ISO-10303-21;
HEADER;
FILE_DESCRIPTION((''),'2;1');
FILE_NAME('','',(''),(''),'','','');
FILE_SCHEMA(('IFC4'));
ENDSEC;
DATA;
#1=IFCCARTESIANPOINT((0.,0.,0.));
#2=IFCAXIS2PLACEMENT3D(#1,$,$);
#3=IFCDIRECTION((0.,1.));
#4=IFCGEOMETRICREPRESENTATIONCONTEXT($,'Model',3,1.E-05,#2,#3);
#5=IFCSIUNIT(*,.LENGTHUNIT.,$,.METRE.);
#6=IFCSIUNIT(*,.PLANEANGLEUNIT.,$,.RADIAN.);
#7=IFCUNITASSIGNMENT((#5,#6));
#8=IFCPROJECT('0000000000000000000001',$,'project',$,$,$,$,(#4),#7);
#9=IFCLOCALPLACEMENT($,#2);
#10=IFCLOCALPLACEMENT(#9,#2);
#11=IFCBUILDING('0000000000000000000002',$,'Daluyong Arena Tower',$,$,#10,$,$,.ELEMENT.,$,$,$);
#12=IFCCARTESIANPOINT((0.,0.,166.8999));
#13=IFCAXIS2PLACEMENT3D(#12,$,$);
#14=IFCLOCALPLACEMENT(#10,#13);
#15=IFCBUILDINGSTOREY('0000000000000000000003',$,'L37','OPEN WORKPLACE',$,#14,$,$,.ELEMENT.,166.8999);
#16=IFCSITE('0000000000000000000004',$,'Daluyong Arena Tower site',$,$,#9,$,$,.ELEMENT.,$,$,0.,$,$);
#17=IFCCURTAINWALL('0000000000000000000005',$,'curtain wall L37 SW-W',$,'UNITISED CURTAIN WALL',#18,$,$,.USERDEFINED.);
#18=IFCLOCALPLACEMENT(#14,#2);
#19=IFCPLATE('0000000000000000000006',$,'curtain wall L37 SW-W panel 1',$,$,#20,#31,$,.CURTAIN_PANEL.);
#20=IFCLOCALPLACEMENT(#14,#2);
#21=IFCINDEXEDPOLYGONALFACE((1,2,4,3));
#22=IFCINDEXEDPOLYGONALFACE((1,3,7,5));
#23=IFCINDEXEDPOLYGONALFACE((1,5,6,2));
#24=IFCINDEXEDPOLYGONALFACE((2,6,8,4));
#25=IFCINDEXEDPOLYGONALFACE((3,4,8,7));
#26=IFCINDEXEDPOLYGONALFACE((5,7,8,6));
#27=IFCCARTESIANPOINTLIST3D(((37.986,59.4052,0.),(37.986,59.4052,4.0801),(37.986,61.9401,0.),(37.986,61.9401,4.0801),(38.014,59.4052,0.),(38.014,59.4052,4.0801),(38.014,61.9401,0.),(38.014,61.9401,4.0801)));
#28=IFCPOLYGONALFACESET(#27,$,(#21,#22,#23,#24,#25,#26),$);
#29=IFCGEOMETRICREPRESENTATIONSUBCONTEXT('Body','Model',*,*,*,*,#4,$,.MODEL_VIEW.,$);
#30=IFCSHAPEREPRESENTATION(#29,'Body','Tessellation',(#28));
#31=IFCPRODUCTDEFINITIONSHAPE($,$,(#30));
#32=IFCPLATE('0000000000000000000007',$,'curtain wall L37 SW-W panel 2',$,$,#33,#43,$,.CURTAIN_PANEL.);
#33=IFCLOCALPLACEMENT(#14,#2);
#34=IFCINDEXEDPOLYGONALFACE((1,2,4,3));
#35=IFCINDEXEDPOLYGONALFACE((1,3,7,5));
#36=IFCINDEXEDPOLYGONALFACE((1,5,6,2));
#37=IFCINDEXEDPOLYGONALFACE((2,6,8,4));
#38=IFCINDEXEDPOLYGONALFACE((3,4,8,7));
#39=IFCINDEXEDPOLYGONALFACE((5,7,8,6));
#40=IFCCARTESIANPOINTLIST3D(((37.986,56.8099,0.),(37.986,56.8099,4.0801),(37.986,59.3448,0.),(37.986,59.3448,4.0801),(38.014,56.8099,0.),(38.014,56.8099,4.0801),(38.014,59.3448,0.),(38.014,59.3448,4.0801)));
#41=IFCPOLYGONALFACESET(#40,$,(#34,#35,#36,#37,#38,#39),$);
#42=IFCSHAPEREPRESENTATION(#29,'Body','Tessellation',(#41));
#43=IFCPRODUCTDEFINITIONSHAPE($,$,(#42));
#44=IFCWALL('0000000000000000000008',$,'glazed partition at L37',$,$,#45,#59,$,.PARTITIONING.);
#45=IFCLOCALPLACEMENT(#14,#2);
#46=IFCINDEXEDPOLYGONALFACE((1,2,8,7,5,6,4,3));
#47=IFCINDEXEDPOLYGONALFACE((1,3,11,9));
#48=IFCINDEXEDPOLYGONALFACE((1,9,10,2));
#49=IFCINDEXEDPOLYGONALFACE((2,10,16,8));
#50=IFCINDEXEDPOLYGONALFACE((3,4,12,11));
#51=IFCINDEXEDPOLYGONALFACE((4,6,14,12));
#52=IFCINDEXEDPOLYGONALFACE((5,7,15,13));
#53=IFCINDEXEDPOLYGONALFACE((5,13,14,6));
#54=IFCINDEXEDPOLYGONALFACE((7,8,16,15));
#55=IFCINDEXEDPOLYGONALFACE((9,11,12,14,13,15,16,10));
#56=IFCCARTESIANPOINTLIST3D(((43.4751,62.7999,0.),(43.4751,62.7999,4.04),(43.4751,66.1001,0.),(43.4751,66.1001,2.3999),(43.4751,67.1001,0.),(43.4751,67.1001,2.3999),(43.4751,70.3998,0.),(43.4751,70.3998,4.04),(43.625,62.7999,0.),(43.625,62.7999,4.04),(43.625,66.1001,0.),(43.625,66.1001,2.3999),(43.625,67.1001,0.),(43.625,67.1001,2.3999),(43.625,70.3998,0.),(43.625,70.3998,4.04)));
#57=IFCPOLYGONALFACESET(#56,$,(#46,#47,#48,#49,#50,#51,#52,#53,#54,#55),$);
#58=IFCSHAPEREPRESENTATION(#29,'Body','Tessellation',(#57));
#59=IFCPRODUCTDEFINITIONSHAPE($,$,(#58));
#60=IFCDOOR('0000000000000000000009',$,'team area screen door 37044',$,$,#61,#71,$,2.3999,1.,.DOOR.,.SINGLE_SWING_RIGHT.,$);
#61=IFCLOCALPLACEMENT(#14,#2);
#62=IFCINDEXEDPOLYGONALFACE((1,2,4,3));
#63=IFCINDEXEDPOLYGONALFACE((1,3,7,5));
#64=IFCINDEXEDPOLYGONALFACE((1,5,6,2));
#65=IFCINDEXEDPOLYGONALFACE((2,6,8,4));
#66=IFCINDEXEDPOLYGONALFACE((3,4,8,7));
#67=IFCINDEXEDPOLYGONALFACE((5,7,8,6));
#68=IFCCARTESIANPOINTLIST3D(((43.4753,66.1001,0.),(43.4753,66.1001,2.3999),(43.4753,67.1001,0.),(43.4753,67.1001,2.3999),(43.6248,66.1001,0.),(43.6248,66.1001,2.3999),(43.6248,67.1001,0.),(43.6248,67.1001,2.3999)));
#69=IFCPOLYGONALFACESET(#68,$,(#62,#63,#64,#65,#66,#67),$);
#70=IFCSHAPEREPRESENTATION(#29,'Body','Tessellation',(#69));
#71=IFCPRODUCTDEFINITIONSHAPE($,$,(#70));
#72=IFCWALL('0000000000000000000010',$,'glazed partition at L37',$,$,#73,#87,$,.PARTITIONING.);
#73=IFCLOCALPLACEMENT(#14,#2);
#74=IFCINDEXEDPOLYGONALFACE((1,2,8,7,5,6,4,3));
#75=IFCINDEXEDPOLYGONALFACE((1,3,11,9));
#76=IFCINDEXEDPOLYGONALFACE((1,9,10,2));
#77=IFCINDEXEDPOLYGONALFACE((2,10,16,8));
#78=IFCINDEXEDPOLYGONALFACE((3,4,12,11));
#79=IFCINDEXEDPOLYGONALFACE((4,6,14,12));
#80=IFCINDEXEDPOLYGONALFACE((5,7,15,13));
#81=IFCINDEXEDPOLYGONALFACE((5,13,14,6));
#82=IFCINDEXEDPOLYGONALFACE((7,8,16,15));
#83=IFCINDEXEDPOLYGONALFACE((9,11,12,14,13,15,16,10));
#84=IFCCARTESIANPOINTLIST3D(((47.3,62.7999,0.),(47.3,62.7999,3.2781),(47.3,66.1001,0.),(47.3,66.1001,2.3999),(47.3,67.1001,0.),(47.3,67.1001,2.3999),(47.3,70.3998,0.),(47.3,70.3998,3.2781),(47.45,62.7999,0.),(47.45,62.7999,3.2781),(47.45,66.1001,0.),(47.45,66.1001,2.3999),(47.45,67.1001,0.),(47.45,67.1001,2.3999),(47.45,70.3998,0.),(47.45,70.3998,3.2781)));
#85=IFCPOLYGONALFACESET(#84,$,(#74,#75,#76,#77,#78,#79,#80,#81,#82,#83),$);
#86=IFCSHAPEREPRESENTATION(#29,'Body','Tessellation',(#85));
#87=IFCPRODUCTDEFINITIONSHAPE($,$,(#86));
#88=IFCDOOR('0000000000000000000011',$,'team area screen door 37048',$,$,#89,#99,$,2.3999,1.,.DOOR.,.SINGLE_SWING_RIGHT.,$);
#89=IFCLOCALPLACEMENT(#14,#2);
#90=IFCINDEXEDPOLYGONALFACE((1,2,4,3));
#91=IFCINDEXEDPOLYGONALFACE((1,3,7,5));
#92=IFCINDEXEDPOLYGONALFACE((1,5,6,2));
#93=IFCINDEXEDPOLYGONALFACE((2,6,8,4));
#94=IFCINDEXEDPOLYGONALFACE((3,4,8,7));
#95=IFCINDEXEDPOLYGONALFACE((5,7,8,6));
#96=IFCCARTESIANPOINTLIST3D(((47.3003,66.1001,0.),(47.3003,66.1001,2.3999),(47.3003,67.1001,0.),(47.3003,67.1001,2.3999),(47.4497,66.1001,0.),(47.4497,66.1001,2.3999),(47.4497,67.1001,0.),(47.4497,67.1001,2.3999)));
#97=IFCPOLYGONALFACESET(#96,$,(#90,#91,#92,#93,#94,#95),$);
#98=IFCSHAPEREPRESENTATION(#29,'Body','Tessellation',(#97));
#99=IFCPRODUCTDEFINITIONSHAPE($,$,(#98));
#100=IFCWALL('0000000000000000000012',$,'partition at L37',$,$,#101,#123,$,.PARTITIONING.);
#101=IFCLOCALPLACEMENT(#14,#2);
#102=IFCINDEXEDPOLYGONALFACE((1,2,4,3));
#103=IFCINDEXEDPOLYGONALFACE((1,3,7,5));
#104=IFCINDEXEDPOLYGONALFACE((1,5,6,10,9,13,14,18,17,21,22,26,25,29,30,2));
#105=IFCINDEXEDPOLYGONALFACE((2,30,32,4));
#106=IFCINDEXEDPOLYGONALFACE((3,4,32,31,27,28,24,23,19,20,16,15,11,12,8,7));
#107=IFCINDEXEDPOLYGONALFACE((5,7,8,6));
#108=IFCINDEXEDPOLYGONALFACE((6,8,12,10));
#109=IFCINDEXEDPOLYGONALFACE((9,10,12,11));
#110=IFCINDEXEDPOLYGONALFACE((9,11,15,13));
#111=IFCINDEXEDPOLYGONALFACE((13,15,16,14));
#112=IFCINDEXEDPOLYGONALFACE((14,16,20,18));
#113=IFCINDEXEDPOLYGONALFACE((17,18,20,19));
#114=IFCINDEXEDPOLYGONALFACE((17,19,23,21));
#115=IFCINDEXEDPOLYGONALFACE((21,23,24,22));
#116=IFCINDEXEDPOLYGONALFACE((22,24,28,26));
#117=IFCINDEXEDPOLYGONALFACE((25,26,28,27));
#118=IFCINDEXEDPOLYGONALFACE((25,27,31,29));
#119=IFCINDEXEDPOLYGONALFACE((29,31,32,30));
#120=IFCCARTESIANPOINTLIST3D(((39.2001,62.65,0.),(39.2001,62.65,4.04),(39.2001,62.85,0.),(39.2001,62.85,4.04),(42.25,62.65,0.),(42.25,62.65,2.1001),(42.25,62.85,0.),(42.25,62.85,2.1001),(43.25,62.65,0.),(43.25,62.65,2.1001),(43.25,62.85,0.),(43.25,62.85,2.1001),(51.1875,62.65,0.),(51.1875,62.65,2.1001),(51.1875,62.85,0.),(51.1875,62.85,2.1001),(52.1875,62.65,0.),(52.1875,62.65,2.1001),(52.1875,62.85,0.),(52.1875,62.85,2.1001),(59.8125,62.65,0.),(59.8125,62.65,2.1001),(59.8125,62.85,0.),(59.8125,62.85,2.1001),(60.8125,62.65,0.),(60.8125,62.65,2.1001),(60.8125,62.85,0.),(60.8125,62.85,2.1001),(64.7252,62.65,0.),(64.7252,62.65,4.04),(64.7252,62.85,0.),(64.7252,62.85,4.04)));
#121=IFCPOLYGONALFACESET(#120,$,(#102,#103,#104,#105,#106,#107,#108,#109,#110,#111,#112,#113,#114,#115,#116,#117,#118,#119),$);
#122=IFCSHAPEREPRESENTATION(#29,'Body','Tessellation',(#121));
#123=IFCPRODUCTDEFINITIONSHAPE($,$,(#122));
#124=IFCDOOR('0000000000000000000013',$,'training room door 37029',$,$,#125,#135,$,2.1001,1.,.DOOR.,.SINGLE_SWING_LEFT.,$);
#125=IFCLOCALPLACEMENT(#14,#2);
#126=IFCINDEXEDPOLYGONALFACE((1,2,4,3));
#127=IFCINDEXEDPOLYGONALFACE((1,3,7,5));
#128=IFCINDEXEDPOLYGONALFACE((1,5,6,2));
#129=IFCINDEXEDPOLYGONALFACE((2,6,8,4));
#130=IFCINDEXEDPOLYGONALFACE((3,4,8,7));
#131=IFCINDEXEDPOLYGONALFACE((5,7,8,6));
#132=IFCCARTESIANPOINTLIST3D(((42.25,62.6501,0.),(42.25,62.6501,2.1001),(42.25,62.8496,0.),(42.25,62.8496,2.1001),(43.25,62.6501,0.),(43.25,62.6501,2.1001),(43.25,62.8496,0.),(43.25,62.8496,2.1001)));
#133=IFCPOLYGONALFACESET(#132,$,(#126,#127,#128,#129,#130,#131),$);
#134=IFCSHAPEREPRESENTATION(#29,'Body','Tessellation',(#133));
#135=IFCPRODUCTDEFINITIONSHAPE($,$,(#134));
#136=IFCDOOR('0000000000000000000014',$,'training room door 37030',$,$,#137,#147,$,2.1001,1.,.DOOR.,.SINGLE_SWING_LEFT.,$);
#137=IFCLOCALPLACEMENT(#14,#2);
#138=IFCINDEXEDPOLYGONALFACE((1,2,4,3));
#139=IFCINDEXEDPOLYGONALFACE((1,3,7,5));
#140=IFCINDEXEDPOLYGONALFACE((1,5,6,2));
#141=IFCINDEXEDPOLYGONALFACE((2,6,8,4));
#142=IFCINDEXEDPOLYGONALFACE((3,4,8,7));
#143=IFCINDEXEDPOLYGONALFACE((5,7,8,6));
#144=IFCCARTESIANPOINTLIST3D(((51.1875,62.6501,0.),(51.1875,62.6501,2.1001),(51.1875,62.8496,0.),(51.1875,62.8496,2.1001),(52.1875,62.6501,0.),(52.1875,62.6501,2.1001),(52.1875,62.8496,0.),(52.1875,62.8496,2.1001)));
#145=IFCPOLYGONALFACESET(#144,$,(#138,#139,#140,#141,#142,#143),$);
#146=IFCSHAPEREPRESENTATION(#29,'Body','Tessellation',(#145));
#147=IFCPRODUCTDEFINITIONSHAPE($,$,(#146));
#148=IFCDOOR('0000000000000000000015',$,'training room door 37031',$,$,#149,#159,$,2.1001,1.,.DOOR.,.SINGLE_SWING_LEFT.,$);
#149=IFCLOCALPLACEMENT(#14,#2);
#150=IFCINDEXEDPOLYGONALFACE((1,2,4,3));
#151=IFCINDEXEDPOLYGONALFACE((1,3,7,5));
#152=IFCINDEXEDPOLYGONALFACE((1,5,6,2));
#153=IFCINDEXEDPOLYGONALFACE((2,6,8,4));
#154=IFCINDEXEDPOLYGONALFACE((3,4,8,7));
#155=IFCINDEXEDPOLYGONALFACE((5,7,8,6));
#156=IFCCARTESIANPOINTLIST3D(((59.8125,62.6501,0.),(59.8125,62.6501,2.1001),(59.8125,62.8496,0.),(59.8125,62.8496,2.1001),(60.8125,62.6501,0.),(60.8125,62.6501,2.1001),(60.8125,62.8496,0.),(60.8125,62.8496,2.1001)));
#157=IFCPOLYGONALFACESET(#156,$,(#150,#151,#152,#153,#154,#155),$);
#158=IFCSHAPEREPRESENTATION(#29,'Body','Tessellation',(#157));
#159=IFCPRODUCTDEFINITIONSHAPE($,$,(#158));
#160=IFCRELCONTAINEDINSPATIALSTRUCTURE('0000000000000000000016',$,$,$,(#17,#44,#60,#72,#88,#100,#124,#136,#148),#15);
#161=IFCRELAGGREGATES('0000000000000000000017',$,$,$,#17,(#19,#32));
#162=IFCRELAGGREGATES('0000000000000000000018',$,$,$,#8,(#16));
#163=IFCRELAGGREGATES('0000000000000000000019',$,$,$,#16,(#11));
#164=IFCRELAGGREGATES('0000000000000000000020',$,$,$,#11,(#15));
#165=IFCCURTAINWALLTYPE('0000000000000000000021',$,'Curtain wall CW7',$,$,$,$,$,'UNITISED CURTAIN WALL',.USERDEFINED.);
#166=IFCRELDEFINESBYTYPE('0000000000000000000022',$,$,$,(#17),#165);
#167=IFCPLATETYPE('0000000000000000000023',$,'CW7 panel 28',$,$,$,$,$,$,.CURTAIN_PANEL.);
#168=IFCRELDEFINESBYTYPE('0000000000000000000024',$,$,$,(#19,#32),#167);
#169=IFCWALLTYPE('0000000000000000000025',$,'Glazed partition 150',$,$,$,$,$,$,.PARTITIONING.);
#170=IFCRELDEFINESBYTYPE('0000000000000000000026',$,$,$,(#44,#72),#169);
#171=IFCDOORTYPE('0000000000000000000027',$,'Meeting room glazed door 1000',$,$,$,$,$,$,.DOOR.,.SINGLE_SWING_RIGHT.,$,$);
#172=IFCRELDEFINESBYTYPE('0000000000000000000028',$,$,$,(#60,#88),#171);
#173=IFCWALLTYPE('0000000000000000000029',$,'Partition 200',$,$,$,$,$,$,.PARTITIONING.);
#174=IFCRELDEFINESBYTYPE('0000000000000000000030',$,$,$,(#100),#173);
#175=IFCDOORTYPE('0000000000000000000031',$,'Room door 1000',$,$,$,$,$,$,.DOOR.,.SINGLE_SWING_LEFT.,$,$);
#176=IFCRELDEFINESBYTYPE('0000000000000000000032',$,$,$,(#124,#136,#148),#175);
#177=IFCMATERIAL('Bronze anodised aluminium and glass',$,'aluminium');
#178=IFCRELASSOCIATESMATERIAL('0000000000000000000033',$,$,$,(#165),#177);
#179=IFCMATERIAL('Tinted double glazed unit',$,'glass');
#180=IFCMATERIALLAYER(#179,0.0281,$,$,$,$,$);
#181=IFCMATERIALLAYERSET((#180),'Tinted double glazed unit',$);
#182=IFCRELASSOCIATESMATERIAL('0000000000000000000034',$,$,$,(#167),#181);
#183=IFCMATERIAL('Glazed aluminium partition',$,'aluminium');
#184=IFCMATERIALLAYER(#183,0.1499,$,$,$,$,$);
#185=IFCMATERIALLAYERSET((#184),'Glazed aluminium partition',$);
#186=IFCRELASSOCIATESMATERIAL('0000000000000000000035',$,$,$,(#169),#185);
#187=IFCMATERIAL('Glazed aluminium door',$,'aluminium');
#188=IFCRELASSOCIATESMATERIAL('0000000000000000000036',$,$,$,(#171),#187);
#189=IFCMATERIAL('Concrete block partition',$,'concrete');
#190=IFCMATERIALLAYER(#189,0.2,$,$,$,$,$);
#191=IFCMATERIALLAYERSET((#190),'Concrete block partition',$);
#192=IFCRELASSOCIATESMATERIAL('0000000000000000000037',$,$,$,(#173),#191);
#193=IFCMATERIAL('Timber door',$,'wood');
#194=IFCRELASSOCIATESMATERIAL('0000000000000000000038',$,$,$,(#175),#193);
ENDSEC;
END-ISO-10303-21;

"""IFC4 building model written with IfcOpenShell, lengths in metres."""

from ifc_helpers import new_model, si_unit, direction, frame, frame_2d, origin, origin_2d, place, context, subcontext, project, spatial, rectangle, extrude, material, layer, layer_set, type_object, element, fill, aggregate, save


model = new_model("IFC4")

# Units and contexts
model_context = context("Model", 3, precision=1e-05, world=origin(), true_north=direction((0.0, 1.0)))
body_context = subcontext(model_context, "Body", "Model", "MODEL_VIEW")
ifc_project = project(units=[si_unit("LENGTHUNIT", "METRE"), si_unit("PLANEANGLEUNIT", "RADIAN")], contexts=[model_context])

# Site, building, storey
site_placement = place(None, origin())
site = spatial("IfcSite", under=ifc_project, at=site_placement, Name="Daluyong Arena Tower site", CompositionType="ELEMENT", RefElevation=0.0)
building_placement = place(site_placement, origin())
building = spatial("IfcBuilding", under=site, at=building_placement, Name="Daluyong Arena Tower", CompositionType="ELEMENT")
storey_placement = place(building_placement, frame((0.0, 0.0, 166.8999)))
storey = spatial("IfcBuildingStorey", under=building, at=storey_placement, Name="L37", Description="OPEN WORKPLACE", CompositionType="ELEMENT", Elevation=166.8999)

# Shared definitions
ifc_material_1 = material(Name="Bronze anodised aluminium and glass", Category="aluminium")
curtain_wall_type = type_object("IfcCurtainWallType", Name="Curtain wall CW7", ElementType="UNITISED CURTAIN WALL", PredefinedType="USERDEFINED", material=ifc_material_1)

# Curtain wall
curtain_wall_1_placement = place(storey_placement, origin())
curtain_wall_1 = element("IfcCurtainWall", 1, at=curtain_wall_1_placement, inside=storey, type_object=curtain_wall_type, Name="curtain wall L37 SW-W", ObjectType="UNITISED CURTAIN WALL", PredefinedType="USERDEFINED")

# Plates
ifc_material_2 = material(Name="Tinted double glazed unit", Category="glass")
ifc_layer_1 = layer(ifc_material_2, 0.0281)
ifc_layer_set_1 = layer_set([ifc_layer_1], Name="Tinted double glazed unit")
plate_type = type_object("IfcPlateType", Name="CW7 panel 28", PredefinedType="CURTAIN_PANEL", material=ifc_layer_set_1)
plate_1_placement = place(storey_placement, frame((38.0, 60.6726, 0.0), z_axis=(0.0, 0.0, 1.0), x_axis=(0.0, -1.0, 0.0)))
plate_1 = element("IfcPlate", 2, at=plate_1_placement, type_object=plate_type, Name="curtain wall L37 SW-W panel 1", PredefinedType="CURTAIN_PANEL", context=body_context, shape_type="SweptSolid", body=[
    extrude(rectangle(XDim=2.5349, YDim=0.0281, at=origin_2d()), origin(), (0.0, 0.0, 1.0), 4.0801),
])
plate_2_placement = place(storey_placement, frame((38.0, 58.0774, 0.0), z_axis=(0.0, 0.0, 1.0), x_axis=(0.0, -1.0, 0.0)))
plate_2 = element("IfcPlate", 3, at=plate_2_placement, type_object=plate_type, Name="curtain wall L37 SW-W panel 2", PredefinedType="CURTAIN_PANEL", context=body_context, shape_type="SweptSolid", body=[
    extrude(rectangle(XDim=2.5349, YDim=0.0281, at=origin_2d()), origin(), (0.0, 0.0, 1.0), 4.0801),
])
aggregate(curtain_wall_1, [plate_1, plate_2])

# Walls, openings, doors
ifc_material_3 = material(Name="Glazed aluminium partition", Category="aluminium")
ifc_layer_2 = layer(ifc_material_3, 0.1499)
ifc_layer_set_2 = layer_set([ifc_layer_2], Name="Glazed aluminium partition")
wall_type_1 = type_object("IfcWallType", Name="Glazed partition 150", PredefinedType="PARTITIONING", material=ifc_layer_set_2)
wall_1_placement = place(storey_placement, frame((43.55, 62.8, 0.0), z_axis=(0.0, 0.0, 1.0), x_axis=(0.0, 1.0, 0.0)))
wall_1 = element("IfcWall", 4, at=wall_1_placement, inside=storey, type_object=wall_type_1, Name="glazed partition at L37", PredefinedType="PARTITIONING", context=body_context, shape_type="SweptSolid", body=[
    extrude(rectangle(XDim=7.5999, YDim=0.1499, at=frame_2d((3.7998, 0.0))), origin(), (0.0, 0.0, 1.0), 4.04),
])
opening_1_placement = place(wall_1_placement, frame((3.3, 0.0, 0.0)))
opening_1 = element("IfcOpeningElement", 5, at=opening_1_placement, cuts=wall_1, PredefinedType="OPENING", context=body_context, shape_type="SweptSolid", body=[
    extrude(rectangle(XDim=1.0, YDim=2.3999, at=frame_2d((0.5, 1.2))), frame((0.0, 0.085, 0.0), z_axis=(0.0, -1.0, 0.0), x_axis=(1.0, 0.0, 0.0)), (0.0, 0.0, 1.0), 0.1699),
])
ifc_material_4 = material(Name="Glazed aluminium door", Category="aluminium")
door_type_1 = type_object("IfcDoorType", Name="Meeting room glazed door 1000", OperationType="SINGLE_SWING_RIGHT", PredefinedType="DOOR", material=ifc_material_4)
door_1_placement = place(opening_1_placement, origin())
door_1 = element("IfcDoor", 6, at=door_1_placement, inside=storey, type_object=door_type_1, Name="team area screen door 37044", OperationType="SINGLE_SWING_RIGHT", OverallHeight=2.3999, OverallWidth=1.0, PredefinedType="DOOR", context=body_context, shape_type="SweptSolid", body=[
    extrude(rectangle(XDim=1.0, YDim=2.3999, at=frame_2d((0.5, 1.2))), frame((0.0, 0.0747, 0.0), z_axis=(0.0, -1.0, 0.0), x_axis=(1.0, 0.0, 0.0)), (0.0, 0.0, 1.0), 0.1494),
])
fill(opening_1, door_1)
wall_2_placement = place(storey_placement, frame((47.375, 62.8, 0.0), z_axis=(0.0, 0.0, 1.0), x_axis=(0.0, 1.0, 0.0)))
wall_2 = element("IfcWall", 7, at=wall_2_placement, inside=storey, type_object=wall_type_1, Name="glazed partition at L37", PredefinedType="PARTITIONING", context=body_context, shape_type="SweptSolid", body=[
    extrude(rectangle(XDim=7.5999, YDim=0.1499, at=frame_2d((3.7998, 0.0))), origin(), (0.0, 0.0, 1.0), 3.2781),
])
opening_2_placement = place(wall_2_placement, frame((3.3, 0.0, 0.0)))
opening_2 = element("IfcOpeningElement", 8, at=opening_2_placement, cuts=wall_2, PredefinedType="OPENING", context=body_context, shape_type="SweptSolid", body=[
    extrude(rectangle(XDim=1.0, YDim=2.3999, at=frame_2d((0.5, 1.2))), frame((0.0, 0.085, 0.0), z_axis=(0.0, -1.0, 0.0), x_axis=(1.0, 0.0, 0.0)), (0.0, 0.0, 1.0), 0.1699),
])
door_2_placement = place(opening_2_placement, origin())
door_2 = element("IfcDoor", 9, at=door_2_placement, inside=storey, type_object=door_type_1, Name="team area screen door 37048", OperationType="SINGLE_SWING_RIGHT", OverallHeight=2.3999, OverallWidth=1.0, PredefinedType="DOOR", context=body_context, shape_type="SweptSolid", body=[
    extrude(rectangle(XDim=1.0, YDim=2.3999, at=frame_2d((0.5, 1.2))), frame((0.0, 0.0747, 0.0), z_axis=(0.0, -1.0, 0.0), x_axis=(1.0, 0.0, 0.0)), (0.0, 0.0, 1.0), 0.1494),
])
fill(opening_2, door_2)

# Wall, openings, doors
ifc_material_5 = material(Name="Concrete block partition", Category="concrete")
ifc_layer_3 = layer(ifc_material_5, 0.2)
ifc_layer_set_3 = layer_set([ifc_layer_3], Name="Concrete block partition")
wall_type_2 = type_object("IfcWallType", Name="Partition 200", PredefinedType="PARTITIONING", material=ifc_layer_set_3)
wall_3_placement = place(storey_placement, frame((39.2, 62.75, 0.0), z_axis=(0.0, 0.0, 1.0), x_axis=(1.0, 0.0, 0.0)))
wall_3 = element("IfcWall", 10, at=wall_3_placement, inside=storey, type_object=wall_type_2, Name="partition at L37", PredefinedType="PARTITIONING", context=body_context, shape_type="SweptSolid", body=[
    extrude(rectangle(XDim=25.5251, YDim=0.2, at=frame_2d((12.7627, 0.0))), origin(), (0.0, 0.0, 1.0), 4.04),
])
opening_3_placement = place(wall_3_placement, frame((3.05, 0.0, 0.0)))
opening_3 = element("IfcOpeningElement", 11, at=opening_3_placement, cuts=wall_3, PredefinedType="OPENING", context=body_context, shape_type="SweptSolid", body=[
    extrude(rectangle(XDim=1.0, YDim=2.1001, at=frame_2d((0.5, 1.05))), frame((0.0, 0.1099, 0.0), z_axis=(0.0, -1.0, 0.0), x_axis=(1.0, 0.0, 0.0)), (0.0, 0.0, 1.0), 0.22),
])
opening_4_placement = place(wall_3_placement, frame((11.9875, 0.0, 0.0)))
opening_4 = element("IfcOpeningElement", 12, at=opening_4_placement, cuts=wall_3, PredefinedType="OPENING", context=body_context, shape_type="SweptSolid", body=[
    extrude(rectangle(XDim=1.0, YDim=2.1001, at=frame_2d((0.5, 1.05))), frame((0.0, 0.1099, 0.0), z_axis=(0.0, -1.0, 0.0), x_axis=(1.0, 0.0, 0.0)), (0.0, 0.0, 1.0), 0.22),
])
opening_5_placement = place(wall_3_placement, frame((20.6125, 0.0, 0.0)))
opening_5 = element("IfcOpeningElement", 13, at=opening_5_placement, cuts=wall_3, PredefinedType="OPENING", context=body_context, shape_type="SweptSolid", body=[
    extrude(rectangle(XDim=1.0, YDim=2.1001, at=frame_2d((0.5, 1.05))), frame((0.0, 0.1099, 0.0), z_axis=(0.0, -1.0, 0.0), x_axis=(1.0, 0.0, 0.0)), (0.0, 0.0, 1.0), 0.22),
])
ifc_material_6 = material(Name="Timber door", Category="wood")
door_type_2 = type_object("IfcDoorType", Name="Room door 1000", OperationType="SINGLE_SWING_LEFT", PredefinedType="DOOR", material=ifc_material_6)
door_3_placement = place(opening_3_placement, origin())
door_3 = element("IfcDoor", 14, at=door_3_placement, inside=storey, type_object=door_type_2, Name="training room door 37029", OperationType="SINGLE_SWING_LEFT", OverallHeight=2.1001, OverallWidth=1.0, PredefinedType="DOOR", context=body_context, shape_type="SweptSolid", body=[
    extrude(rectangle(XDim=1.0, YDim=2.1001, at=frame_2d((0.5, 1.05))), frame((0.0, 0.0996, 0.0), z_axis=(0.0, -1.0, 0.0), x_axis=(1.0, 0.0, 0.0)), (0.0, 0.0, 1.0), 0.1995),
])
fill(opening_3, door_3)
door_4_placement = place(opening_4_placement, origin())
door_4 = element("IfcDoor", 15, at=door_4_placement, inside=storey, type_object=door_type_2, Name="training room door 37030", OperationType="SINGLE_SWING_LEFT", OverallHeight=2.1001, OverallWidth=1.0, PredefinedType="DOOR", context=body_context, shape_type="SweptSolid", body=[
    extrude(rectangle(XDim=1.0, YDim=2.1001, at=frame_2d((0.5, 1.05))), frame((0.0, 0.0996, 0.0), z_axis=(0.0, -1.0, 0.0), x_axis=(1.0, 0.0, 0.0)), (0.0, 0.0, 1.0), 0.1995),
])
fill(opening_4, door_4)
door_5_placement = place(opening_5_placement, origin())
door_5 = element("IfcDoor", 16, at=door_5_placement, inside=storey, type_object=door_type_2, Name="training room door 37031", OperationType="SINGLE_SWING_LEFT", OverallHeight=2.1001, OverallWidth=1.0, PredefinedType="DOOR", context=body_context, shape_type="SweptSolid", body=[
    extrude(rectangle(XDim=1.0, YDim=2.1001, at=frame_2d((0.5, 1.05))), frame((0.0, 0.0996, 0.0), z_axis=(0.0, -1.0, 0.0), x_axis=(1.0, 0.0, 0.0)), (0.0, 0.0, 1.0), 0.1995),
])
fill(opening_5, door_5)

save(model, "model.ifc")
